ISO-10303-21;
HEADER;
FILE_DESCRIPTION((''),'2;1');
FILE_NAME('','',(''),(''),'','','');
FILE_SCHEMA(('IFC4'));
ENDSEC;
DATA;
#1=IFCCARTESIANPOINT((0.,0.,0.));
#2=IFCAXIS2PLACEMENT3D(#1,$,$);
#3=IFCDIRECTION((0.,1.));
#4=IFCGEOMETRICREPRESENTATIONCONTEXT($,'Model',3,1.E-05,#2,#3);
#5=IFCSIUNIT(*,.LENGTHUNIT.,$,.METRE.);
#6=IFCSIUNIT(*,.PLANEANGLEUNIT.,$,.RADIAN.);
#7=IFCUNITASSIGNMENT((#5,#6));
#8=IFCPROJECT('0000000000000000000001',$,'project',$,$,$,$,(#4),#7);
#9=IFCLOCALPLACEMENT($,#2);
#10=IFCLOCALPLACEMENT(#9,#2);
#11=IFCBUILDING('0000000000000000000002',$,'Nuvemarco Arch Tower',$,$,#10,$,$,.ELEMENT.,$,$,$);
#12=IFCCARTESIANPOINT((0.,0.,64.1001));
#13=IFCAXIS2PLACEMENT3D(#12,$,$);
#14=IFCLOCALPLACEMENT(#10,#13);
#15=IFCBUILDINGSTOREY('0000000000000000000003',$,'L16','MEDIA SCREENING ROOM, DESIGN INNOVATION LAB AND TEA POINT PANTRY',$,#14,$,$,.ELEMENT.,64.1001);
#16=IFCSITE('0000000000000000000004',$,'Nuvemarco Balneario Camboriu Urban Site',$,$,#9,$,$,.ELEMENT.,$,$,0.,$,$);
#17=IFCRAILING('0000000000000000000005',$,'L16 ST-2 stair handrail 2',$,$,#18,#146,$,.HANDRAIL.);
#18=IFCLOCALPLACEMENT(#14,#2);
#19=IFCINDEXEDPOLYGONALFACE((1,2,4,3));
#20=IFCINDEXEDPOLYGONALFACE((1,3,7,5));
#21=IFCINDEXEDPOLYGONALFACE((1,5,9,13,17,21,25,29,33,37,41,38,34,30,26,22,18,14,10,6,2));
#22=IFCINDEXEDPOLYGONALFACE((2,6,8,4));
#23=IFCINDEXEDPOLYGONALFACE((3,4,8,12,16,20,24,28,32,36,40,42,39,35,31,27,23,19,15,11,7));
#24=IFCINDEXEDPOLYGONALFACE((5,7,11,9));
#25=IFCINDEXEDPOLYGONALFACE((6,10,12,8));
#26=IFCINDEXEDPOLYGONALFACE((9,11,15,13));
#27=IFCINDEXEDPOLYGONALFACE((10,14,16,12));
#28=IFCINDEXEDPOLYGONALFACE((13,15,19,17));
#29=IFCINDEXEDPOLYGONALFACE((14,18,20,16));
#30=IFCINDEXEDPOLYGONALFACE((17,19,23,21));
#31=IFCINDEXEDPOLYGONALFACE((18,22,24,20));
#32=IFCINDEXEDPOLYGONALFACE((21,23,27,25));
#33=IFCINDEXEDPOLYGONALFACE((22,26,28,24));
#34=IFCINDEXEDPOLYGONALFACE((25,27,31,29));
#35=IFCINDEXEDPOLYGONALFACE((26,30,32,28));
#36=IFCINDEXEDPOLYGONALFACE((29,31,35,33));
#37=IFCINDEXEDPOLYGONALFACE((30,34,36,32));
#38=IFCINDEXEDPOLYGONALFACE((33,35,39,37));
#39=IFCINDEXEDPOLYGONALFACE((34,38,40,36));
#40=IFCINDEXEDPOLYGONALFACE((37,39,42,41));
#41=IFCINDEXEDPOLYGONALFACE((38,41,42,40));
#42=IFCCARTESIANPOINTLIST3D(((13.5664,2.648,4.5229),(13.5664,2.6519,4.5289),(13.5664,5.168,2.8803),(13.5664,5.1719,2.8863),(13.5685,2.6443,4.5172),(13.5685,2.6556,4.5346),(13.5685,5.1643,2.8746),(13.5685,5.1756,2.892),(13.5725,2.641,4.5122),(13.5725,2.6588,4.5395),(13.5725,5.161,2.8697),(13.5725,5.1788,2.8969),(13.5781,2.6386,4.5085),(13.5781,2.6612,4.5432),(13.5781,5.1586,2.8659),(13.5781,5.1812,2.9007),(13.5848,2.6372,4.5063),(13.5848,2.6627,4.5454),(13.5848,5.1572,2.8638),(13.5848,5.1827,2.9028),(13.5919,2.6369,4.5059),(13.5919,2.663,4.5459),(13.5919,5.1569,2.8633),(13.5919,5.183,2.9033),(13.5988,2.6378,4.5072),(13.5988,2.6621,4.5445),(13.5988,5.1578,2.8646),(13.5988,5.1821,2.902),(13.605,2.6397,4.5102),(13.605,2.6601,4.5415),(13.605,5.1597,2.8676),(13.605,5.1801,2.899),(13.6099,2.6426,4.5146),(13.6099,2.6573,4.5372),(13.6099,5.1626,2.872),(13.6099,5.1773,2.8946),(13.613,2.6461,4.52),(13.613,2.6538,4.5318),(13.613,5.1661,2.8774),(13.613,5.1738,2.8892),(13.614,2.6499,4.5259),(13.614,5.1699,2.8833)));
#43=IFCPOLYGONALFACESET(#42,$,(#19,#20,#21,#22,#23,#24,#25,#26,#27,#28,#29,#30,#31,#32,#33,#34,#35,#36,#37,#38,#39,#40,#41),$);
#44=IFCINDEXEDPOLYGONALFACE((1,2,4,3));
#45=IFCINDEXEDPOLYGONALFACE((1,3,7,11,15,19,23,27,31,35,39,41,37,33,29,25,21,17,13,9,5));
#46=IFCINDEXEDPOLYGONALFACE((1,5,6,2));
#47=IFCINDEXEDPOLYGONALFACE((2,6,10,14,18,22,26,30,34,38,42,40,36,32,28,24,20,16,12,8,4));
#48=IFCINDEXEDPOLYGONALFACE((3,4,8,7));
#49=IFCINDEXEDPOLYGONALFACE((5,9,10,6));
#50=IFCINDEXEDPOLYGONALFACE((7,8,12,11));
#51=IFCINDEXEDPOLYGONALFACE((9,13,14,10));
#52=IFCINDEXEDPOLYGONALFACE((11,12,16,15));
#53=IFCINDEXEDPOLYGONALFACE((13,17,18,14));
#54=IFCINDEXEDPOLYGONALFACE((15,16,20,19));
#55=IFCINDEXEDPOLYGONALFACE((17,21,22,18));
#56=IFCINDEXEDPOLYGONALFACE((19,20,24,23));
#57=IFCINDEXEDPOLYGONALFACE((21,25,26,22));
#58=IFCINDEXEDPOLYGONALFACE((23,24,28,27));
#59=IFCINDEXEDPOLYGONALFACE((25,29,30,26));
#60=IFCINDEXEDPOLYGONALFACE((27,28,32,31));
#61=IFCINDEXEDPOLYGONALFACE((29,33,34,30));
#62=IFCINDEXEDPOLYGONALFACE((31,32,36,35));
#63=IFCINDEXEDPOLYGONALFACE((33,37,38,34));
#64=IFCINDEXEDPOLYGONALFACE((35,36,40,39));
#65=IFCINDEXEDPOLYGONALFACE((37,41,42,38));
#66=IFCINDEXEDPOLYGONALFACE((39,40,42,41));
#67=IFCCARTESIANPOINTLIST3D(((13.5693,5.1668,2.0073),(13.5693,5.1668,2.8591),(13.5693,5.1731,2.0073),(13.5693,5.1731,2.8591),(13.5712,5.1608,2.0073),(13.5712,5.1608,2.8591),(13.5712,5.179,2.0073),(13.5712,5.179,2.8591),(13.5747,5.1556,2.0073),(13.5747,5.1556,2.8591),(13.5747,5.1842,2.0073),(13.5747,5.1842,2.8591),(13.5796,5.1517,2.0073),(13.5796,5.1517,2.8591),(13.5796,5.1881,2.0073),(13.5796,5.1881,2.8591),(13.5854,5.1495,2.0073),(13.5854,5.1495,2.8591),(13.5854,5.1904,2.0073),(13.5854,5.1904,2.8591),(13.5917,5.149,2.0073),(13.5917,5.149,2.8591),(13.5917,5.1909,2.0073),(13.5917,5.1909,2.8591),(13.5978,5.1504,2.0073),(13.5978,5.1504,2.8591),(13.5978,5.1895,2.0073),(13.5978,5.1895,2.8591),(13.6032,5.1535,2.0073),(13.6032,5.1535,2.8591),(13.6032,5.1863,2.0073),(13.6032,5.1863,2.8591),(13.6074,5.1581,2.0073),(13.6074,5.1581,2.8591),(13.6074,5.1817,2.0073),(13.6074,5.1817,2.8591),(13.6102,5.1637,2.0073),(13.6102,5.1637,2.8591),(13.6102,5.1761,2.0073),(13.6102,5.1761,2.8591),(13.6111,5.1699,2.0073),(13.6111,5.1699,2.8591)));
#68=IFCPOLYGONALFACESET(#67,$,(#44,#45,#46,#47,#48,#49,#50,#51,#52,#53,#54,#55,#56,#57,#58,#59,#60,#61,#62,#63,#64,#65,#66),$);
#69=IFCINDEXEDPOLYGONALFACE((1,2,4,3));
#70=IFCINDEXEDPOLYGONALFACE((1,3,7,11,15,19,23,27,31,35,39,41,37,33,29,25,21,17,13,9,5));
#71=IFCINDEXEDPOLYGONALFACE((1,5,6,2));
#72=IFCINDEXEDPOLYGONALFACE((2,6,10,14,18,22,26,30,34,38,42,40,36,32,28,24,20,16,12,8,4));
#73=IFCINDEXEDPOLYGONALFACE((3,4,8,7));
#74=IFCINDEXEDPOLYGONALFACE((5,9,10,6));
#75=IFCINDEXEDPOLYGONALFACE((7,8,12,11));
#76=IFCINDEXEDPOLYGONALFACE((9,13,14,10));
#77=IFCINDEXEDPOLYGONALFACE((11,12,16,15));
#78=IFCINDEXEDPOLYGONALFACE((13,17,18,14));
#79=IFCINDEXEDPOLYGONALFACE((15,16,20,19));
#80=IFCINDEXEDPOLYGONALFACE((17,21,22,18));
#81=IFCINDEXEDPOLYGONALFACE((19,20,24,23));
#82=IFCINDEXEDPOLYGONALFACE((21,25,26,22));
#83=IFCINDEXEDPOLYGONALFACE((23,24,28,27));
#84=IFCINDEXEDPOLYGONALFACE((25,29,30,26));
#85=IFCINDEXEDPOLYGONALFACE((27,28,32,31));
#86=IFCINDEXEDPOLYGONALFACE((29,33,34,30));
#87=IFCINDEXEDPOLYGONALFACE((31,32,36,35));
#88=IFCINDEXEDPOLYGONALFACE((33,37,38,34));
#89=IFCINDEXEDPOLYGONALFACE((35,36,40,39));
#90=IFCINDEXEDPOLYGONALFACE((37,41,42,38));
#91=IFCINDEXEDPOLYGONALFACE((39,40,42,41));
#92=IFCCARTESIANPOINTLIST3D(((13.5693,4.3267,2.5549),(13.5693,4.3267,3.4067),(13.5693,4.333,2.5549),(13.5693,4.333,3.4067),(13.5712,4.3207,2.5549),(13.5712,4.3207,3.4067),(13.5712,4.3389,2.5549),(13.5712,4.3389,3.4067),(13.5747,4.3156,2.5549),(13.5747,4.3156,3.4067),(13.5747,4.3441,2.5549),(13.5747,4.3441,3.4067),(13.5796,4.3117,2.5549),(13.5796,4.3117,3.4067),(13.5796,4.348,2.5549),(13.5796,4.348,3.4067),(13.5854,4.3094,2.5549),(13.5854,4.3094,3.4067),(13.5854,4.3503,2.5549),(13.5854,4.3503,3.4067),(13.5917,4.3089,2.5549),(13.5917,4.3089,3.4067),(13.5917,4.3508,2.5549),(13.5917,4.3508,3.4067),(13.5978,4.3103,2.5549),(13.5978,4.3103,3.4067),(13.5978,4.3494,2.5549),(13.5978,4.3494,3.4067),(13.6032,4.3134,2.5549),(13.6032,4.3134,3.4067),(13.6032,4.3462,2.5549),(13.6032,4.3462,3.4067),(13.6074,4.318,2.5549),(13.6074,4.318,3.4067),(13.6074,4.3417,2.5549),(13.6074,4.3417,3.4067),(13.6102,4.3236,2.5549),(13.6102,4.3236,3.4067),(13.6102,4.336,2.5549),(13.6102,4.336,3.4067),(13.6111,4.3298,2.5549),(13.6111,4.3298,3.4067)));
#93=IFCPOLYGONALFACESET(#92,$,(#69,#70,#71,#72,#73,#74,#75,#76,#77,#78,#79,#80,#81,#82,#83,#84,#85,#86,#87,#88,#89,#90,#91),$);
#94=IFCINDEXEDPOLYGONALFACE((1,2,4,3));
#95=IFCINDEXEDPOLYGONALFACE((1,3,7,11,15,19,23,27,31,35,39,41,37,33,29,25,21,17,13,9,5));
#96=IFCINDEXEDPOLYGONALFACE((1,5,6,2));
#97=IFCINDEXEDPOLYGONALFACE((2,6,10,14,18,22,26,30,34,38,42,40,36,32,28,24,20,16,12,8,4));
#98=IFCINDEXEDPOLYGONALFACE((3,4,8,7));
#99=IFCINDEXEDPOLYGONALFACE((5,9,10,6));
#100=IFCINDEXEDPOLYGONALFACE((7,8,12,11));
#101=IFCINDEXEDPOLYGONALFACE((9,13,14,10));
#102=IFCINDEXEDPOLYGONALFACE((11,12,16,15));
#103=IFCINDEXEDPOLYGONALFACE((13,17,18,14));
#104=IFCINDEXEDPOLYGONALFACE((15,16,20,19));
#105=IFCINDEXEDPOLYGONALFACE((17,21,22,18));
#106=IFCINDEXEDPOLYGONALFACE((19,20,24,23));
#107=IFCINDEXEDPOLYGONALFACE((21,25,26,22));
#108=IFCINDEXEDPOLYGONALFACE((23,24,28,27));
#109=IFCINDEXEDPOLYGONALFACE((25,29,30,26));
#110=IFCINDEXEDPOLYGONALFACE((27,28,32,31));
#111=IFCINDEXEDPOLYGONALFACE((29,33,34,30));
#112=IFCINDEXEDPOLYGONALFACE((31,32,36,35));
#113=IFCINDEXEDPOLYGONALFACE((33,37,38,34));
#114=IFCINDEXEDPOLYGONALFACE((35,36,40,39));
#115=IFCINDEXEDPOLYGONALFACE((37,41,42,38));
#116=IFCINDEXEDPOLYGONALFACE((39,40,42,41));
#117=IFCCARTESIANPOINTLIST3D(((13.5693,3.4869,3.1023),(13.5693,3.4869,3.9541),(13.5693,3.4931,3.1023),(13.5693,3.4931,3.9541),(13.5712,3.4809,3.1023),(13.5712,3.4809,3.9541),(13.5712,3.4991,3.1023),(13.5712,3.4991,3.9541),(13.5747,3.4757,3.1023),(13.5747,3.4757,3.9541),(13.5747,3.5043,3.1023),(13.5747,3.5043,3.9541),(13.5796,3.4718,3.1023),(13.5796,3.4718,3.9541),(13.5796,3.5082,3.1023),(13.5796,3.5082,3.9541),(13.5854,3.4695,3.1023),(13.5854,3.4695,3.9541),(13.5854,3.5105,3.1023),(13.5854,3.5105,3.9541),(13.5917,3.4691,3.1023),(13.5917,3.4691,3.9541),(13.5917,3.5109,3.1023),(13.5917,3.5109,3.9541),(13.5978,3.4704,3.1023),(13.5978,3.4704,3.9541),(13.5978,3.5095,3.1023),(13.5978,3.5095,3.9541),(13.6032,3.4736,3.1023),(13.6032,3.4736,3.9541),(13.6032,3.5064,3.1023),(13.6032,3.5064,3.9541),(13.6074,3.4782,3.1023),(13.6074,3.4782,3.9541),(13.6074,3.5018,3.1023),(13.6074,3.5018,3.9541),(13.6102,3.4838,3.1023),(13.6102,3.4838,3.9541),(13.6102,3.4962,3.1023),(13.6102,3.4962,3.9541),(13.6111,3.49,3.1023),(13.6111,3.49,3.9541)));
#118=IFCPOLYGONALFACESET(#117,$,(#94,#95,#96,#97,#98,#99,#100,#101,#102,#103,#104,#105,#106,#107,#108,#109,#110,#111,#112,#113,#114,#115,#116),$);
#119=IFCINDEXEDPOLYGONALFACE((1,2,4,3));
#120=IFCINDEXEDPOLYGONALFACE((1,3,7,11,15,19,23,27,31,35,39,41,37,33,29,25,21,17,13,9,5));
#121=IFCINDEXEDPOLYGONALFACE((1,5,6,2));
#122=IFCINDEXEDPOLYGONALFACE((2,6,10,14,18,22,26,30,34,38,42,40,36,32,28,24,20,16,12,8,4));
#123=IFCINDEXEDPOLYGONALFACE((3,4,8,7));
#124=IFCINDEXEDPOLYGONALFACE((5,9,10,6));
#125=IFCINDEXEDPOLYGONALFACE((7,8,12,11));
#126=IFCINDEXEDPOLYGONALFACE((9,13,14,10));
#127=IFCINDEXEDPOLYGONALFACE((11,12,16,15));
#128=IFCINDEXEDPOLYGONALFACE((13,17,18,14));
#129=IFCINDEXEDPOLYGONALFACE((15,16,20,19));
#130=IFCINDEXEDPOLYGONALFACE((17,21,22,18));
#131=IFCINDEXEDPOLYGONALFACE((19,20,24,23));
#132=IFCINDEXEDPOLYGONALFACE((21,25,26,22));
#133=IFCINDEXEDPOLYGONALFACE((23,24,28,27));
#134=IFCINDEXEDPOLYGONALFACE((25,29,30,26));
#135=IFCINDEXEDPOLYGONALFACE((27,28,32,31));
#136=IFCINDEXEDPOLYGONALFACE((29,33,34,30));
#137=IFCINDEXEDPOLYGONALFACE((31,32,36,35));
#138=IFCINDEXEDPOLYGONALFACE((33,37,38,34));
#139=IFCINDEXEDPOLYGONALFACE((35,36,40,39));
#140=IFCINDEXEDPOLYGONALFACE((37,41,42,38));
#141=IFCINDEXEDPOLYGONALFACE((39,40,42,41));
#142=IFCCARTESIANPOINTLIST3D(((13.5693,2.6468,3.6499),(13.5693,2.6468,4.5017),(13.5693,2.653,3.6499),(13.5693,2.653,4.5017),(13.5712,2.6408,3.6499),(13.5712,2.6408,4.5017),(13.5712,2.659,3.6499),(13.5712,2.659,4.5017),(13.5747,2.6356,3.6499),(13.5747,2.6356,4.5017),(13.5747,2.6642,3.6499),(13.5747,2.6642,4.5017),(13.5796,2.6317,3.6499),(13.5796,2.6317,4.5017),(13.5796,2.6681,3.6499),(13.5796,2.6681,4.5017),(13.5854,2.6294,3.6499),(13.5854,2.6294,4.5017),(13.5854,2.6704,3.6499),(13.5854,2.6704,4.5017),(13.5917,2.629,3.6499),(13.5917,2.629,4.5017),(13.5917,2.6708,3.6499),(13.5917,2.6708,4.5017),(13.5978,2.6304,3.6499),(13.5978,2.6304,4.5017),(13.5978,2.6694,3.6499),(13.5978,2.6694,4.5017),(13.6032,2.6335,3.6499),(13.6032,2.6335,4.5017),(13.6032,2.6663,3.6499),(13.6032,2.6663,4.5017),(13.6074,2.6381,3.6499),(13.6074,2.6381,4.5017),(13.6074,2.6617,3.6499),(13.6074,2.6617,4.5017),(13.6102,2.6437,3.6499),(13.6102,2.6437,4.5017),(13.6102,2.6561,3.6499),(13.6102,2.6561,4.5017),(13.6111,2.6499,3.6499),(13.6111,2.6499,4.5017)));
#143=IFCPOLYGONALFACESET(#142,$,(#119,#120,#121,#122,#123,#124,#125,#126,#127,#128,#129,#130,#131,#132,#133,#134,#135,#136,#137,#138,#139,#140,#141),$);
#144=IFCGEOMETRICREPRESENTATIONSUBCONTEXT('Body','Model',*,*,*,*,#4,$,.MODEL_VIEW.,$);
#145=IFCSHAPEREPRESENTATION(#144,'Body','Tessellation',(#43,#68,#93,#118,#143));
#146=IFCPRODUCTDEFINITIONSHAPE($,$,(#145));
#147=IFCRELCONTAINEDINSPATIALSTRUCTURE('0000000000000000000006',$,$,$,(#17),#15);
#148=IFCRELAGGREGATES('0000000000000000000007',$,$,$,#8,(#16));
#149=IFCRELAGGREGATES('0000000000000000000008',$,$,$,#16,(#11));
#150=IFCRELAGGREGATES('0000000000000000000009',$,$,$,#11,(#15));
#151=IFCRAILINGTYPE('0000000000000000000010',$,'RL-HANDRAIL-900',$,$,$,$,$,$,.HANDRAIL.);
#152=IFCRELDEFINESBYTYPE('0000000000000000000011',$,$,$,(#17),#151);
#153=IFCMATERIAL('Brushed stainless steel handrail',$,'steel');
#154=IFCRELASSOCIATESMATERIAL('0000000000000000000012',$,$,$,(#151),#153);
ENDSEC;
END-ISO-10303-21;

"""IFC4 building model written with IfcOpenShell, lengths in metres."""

from ifc_helpers import new_model, si_unit, direction, frame, origin, origin_2d, place, context, subcontext, project, spatial, circle, extrude, material, type_object, element, save


model = new_model("IFC4")

# Units and contexts
model_context = context("Model", 3, precision=1e-05, world=origin(), true_north=direction((0.0, 1.0)))
body_context = subcontext(model_context, "Body", "Model", "MODEL_VIEW")
ifc_project = project(units=[si_unit("LENGTHUNIT", "METRE"), si_unit("PLANEANGLEUNIT", "RADIAN")], contexts=[model_context])

# Site, building, storey
site_placement = place(None, origin())
site = spatial("IfcSite", under=ifc_project, at=site_placement, Name="Nuvemarco Balneario Camboriu Urban Site", CompositionType="ELEMENT", RefElevation=0.0)
building_placement = place(site_placement, origin())
building = spatial("IfcBuilding", under=site, at=building_placement, Name="Nuvemarco Arch Tower", CompositionType="ELEMENT")
storey_placement = place(building_placement, frame((0.0, 0.0, 64.1001)))
storey = spatial("IfcBuildingStorey", under=building, at=storey_placement, Name="L16", Description="MEDIA SCREENING ROOM, DESIGN INNOVATION LAB AND TEA POINT PANTRY", CompositionType="ELEMENT", Elevation=64.1001)

# Railing
ifc_material_1 = material(Name="Brushed stainless steel handrail", Category="steel")
railing_type_1 = type_object("IfcRailingType", Name="RL-HANDRAIL-900", PredefinedType="HANDRAIL", material=ifc_material_1)
railing_1_placement = place(storey_placement, frame((13.5901, 5.1699, 2.0073)))
element("IfcRailing", 1, at=railing_1_placement, inside=storey, type_object=railing_type_1, Name="L16 ST-2 stair handrail 2", PredefinedType="HANDRAIL", context=body_context, shape_type="SweptSolid", body=[
    extrude(circle(Radius=0.0239, at=origin_2d()), frame((0.0, 0.0, 0.876), z_axis=(0.0, -0.837749, 0.546055), x_axis=(1.0, 0.0, 0.0)), (0.0, 0.0, 1.0), 3.0081),
    extrude(circle(Radius=0.021, at=origin_2d()), origin(), (0.0, 0.0, 1.0), 0.8518),
    extrude(circle(Radius=0.021, at=origin_2d()), frame((0.0, -0.8401, 0.5476)), (0.0, 0.0, 1.0), 0.8518),
    extrude(circle(Radius=0.021, at=origin_2d()), frame((0.0, -1.6799, 1.095)), (0.0, 0.0, 1.0), 0.8518),
    extrude(circle(Radius=0.021, at=origin_2d()), frame((0.0, -2.52, 1.6426)), (0.0, 0.0, 1.0), 0.8518),
])

save(model, "model.ifc")
